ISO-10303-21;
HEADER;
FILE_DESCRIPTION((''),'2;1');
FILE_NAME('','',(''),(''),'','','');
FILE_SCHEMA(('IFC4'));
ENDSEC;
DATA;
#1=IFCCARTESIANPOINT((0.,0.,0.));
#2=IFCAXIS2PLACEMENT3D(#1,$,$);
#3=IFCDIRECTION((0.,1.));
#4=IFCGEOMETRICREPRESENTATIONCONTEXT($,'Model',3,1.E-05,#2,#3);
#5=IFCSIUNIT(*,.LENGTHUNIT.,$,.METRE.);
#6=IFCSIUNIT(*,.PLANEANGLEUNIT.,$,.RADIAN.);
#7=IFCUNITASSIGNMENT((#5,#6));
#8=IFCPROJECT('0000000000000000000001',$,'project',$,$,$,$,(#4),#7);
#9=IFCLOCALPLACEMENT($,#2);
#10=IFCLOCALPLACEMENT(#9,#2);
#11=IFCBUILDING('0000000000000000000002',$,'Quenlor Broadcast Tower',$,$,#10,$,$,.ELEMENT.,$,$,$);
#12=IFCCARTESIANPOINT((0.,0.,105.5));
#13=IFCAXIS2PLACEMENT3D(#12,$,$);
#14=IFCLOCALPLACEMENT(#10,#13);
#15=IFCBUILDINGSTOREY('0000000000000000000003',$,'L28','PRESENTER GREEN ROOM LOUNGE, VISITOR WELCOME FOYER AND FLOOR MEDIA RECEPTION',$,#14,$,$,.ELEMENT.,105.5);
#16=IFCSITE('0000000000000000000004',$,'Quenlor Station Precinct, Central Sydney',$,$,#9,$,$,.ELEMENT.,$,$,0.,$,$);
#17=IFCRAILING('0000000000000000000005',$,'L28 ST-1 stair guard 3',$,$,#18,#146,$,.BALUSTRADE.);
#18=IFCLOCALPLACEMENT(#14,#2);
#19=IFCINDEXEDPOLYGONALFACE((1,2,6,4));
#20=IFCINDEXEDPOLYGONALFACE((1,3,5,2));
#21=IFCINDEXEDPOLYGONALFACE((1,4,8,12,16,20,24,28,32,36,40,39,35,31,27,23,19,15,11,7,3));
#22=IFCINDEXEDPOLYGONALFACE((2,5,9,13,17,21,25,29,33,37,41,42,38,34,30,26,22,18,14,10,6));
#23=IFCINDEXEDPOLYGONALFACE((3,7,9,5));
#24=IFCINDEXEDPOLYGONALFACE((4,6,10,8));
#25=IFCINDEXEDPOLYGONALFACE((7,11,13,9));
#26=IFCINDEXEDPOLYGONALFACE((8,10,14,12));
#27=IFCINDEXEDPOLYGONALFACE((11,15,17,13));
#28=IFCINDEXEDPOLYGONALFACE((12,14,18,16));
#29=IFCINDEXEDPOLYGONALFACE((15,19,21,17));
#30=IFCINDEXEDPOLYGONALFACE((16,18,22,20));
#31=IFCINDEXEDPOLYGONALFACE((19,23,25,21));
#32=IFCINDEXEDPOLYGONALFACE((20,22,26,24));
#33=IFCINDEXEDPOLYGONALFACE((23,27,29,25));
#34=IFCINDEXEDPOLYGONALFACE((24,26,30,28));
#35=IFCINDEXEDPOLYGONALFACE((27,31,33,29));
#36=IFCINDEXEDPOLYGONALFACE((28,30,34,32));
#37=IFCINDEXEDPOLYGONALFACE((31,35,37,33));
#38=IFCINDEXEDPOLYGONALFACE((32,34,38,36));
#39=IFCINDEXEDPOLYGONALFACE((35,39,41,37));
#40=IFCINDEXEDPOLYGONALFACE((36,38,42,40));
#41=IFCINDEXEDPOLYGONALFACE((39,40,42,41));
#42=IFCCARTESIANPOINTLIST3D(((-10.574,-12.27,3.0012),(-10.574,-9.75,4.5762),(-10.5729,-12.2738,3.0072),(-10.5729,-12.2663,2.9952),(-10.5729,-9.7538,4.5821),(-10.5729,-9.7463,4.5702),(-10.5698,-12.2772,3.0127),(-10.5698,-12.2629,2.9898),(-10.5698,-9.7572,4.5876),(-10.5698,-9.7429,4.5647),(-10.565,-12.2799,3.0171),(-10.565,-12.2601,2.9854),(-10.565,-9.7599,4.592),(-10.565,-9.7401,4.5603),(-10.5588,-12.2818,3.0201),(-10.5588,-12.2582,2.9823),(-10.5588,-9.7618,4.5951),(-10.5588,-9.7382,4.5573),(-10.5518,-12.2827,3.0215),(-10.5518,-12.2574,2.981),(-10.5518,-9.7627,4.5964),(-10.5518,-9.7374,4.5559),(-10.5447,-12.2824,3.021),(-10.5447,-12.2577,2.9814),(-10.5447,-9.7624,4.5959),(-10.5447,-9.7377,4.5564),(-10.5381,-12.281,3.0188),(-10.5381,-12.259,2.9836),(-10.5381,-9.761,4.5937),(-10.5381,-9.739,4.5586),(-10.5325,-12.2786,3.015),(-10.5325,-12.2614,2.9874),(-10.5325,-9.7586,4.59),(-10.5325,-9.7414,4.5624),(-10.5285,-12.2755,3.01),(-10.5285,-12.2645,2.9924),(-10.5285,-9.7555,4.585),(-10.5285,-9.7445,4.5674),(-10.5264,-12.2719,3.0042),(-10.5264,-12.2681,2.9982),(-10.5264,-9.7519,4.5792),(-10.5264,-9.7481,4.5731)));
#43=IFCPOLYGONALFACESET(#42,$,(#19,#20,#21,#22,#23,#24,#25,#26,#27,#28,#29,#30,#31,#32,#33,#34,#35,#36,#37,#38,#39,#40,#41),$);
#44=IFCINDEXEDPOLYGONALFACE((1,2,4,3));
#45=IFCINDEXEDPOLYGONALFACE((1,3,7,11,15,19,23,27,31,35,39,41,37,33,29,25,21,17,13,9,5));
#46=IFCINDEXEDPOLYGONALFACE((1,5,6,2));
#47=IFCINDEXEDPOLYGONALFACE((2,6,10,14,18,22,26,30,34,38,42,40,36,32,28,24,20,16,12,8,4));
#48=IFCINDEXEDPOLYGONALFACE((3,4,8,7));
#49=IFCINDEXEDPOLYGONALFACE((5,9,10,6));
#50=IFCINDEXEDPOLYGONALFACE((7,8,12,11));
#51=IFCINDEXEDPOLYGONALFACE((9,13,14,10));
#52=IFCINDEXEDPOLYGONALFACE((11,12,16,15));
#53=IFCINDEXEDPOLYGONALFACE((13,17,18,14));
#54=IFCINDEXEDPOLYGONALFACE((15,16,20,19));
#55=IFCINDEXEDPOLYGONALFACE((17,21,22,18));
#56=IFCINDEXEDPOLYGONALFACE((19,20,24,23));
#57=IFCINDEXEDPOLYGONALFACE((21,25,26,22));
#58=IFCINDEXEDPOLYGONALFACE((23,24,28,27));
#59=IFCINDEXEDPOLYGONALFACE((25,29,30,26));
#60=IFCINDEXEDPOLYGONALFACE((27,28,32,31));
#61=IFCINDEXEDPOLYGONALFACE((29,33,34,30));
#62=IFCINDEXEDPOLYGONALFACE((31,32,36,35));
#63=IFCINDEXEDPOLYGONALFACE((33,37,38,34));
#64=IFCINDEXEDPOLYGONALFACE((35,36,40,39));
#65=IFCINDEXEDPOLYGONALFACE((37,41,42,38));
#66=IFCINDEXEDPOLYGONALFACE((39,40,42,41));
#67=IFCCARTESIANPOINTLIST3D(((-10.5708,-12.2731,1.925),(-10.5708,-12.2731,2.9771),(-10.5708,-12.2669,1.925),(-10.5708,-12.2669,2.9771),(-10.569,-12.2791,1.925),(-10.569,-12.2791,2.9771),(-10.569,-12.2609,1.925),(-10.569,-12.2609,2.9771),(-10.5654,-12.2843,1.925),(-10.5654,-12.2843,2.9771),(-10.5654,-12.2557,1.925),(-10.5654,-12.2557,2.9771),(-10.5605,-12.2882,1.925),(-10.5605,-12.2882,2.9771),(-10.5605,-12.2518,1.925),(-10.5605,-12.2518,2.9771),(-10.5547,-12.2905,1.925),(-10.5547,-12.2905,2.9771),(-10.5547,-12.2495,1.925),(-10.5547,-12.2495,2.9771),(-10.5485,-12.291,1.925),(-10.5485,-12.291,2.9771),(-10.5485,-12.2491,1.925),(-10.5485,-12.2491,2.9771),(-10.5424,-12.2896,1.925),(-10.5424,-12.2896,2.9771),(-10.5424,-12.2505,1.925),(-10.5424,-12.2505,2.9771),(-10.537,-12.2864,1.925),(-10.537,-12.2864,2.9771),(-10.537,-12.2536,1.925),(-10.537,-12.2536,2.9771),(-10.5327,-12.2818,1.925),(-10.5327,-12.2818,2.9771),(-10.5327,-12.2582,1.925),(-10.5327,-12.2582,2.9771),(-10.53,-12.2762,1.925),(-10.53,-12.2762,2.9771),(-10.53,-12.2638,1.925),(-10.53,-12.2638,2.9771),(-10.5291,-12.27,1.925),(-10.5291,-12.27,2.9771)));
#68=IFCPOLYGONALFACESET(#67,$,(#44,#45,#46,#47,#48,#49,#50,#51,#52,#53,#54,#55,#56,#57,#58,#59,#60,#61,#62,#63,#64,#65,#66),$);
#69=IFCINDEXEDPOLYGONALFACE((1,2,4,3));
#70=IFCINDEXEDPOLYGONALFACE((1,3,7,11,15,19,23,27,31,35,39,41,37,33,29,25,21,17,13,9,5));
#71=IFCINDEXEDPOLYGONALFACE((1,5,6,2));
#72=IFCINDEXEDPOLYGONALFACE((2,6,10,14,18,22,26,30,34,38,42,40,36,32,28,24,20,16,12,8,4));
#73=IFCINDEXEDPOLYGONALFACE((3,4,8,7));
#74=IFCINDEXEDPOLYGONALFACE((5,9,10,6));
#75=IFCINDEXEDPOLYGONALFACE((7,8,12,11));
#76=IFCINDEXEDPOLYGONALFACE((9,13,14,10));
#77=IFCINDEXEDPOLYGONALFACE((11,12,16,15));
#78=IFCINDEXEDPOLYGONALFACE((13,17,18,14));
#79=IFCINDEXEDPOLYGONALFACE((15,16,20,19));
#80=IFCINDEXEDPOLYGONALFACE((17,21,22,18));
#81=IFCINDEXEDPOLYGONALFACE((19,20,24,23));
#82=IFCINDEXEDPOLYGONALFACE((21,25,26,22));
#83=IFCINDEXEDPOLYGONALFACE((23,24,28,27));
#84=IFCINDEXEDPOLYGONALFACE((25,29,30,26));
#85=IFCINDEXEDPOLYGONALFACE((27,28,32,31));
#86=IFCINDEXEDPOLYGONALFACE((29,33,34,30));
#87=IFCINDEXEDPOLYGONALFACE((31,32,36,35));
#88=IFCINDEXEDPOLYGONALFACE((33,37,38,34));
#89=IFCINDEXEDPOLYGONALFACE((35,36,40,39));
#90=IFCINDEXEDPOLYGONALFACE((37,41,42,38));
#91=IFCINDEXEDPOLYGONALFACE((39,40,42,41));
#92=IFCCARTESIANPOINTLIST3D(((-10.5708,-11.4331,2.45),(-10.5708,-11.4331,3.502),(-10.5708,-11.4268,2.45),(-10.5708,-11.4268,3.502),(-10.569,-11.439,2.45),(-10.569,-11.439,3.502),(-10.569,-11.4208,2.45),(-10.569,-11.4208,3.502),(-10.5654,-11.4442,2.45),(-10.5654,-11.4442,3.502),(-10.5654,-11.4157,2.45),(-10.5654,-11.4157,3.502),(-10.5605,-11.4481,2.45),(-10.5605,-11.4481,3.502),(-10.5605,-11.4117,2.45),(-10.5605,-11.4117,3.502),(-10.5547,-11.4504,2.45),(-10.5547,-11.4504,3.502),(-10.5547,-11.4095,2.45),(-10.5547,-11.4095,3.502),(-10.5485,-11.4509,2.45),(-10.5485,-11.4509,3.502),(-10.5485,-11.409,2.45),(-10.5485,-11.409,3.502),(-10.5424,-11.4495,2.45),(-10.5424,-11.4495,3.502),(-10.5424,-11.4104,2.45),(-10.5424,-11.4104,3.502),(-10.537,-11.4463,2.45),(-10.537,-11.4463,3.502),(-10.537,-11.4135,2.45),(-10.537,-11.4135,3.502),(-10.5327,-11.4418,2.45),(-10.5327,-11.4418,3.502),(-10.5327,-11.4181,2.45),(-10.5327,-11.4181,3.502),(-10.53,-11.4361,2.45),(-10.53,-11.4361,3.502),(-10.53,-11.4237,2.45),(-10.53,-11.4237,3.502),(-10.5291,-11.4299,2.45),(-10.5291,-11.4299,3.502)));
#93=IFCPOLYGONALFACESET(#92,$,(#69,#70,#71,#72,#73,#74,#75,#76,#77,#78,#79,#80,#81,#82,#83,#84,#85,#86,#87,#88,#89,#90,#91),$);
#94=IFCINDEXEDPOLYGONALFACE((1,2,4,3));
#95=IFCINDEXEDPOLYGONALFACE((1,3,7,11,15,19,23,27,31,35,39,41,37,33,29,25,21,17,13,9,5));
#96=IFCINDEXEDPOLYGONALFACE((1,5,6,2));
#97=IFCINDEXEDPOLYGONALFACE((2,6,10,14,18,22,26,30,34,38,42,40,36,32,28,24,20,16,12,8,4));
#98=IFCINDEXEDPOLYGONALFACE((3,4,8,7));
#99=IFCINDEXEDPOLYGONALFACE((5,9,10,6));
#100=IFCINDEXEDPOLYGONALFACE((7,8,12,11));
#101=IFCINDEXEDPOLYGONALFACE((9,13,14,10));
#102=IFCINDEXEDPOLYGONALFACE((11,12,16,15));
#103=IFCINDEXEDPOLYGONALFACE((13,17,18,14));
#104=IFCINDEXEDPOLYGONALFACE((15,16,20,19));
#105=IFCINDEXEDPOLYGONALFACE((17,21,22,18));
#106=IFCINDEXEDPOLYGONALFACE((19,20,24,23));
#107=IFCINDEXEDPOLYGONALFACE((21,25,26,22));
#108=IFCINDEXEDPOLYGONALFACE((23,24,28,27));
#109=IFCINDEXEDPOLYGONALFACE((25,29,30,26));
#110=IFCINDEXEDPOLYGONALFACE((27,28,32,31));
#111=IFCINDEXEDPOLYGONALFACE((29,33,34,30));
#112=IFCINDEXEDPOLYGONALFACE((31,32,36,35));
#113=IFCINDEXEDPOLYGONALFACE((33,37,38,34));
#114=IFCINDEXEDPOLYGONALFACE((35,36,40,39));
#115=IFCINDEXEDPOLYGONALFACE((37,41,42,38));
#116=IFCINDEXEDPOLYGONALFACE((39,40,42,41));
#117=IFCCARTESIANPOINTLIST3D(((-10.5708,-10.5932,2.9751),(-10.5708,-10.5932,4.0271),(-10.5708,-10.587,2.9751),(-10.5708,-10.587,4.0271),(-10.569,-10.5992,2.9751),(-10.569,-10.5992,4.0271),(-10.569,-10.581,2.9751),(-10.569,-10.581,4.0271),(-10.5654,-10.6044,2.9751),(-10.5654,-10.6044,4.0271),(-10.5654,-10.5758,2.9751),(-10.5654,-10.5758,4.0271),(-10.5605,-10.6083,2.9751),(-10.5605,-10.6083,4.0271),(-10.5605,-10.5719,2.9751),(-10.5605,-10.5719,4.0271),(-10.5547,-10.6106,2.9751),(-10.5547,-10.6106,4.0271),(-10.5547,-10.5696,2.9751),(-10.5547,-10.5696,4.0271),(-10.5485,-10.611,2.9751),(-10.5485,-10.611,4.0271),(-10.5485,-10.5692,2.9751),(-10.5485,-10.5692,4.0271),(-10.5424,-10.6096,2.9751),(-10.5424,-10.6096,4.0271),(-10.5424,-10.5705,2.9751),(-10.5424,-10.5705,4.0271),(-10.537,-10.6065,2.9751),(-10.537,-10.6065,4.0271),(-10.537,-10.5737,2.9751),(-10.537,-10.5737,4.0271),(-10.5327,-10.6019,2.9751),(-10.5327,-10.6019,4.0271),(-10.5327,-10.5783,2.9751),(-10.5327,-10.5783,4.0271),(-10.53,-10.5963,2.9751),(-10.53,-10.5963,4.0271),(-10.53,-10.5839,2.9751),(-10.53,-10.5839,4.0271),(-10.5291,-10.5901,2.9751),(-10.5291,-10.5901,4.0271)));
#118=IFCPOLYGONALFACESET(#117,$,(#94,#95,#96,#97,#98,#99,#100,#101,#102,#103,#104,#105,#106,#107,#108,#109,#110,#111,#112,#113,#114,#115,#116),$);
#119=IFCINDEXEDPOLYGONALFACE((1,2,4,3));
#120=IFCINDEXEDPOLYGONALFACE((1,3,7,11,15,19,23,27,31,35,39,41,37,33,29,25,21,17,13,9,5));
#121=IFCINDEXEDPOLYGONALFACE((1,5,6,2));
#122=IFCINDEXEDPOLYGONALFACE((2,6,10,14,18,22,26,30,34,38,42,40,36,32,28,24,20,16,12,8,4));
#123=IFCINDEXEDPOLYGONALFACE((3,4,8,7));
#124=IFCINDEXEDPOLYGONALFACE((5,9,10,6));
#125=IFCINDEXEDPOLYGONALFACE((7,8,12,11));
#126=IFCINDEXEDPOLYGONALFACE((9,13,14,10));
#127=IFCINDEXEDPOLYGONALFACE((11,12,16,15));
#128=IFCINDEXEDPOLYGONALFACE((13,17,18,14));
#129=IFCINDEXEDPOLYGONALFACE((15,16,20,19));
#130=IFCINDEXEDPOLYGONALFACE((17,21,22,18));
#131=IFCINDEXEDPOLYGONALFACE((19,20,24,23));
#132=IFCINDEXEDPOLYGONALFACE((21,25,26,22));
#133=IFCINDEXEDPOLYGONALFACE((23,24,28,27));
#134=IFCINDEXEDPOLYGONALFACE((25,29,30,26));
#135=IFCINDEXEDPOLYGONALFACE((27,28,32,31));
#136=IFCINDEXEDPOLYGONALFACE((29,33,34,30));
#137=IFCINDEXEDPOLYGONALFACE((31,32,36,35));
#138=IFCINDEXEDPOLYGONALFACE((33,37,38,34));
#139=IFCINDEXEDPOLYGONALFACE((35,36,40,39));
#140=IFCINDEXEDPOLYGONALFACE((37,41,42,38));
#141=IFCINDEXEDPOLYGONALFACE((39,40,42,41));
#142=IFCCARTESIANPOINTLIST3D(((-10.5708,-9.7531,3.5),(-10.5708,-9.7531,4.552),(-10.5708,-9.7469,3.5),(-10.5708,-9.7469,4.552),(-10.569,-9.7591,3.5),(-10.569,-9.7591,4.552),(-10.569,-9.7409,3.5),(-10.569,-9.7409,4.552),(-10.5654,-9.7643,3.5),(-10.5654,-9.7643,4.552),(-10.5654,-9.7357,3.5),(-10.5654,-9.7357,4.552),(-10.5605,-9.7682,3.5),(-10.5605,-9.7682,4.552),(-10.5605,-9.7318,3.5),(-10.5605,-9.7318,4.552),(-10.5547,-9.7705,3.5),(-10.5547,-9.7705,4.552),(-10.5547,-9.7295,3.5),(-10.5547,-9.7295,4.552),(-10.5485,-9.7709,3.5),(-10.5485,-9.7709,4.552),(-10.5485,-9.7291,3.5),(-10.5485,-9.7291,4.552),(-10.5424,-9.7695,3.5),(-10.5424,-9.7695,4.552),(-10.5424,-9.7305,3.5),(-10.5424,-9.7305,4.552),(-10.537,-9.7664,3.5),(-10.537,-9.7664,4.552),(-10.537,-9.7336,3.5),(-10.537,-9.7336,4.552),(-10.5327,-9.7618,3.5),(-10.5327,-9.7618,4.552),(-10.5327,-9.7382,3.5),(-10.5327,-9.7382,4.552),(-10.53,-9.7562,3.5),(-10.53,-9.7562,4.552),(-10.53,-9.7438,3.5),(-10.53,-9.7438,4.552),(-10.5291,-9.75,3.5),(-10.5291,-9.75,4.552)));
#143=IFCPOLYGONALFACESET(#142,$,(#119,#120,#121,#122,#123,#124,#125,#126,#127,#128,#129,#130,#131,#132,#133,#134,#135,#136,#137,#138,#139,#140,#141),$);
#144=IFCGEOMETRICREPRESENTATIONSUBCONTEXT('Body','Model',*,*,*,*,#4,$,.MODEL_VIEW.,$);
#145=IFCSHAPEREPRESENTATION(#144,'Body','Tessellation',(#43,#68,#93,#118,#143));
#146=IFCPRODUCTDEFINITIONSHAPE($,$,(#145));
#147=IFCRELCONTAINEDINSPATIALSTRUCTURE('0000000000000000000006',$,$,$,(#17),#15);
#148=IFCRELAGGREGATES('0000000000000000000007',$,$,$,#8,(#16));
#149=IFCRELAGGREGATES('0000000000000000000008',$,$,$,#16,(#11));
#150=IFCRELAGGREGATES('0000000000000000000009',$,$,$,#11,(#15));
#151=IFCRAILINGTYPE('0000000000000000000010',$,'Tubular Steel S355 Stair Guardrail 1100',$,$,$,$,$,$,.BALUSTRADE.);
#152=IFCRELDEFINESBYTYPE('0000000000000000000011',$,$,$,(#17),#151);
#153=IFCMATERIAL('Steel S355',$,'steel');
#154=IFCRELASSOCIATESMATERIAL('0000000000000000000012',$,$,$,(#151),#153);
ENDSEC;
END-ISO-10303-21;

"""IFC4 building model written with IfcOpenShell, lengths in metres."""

from ifc_helpers import new_model, si_unit, direction, frame, origin, origin_2d, place, context, subcontext, project, spatial, circle, extrude, material, type_object, element, save


model = new_model("IFC4")

# Units and contexts
model_context = context("Model", 3, precision=1e-05, world=origin(), true_north=direction((0.0, 1.0)))
body_context = subcontext(model_context, "Body", "Model", "MODEL_VIEW")
ifc_project = project(units=[si_unit("LENGTHUNIT", "METRE"), si_unit("PLANEANGLEUNIT", "RADIAN")], contexts=[model_context])

# Site, building, storey
site_placement = place(None, origin())
site = spatial("IfcSite", under=ifc_project, at=site_placement, Name="Quenlor Station Precinct, Central Sydney", CompositionType="ELEMENT", RefElevation=0.0)
building_placement = place(site_placement, origin())
building = spatial("IfcBuilding", under=site, at=building_placement, Name="Quenlor Broadcast Tower", CompositionType="ELEMENT")
storey_placement = place(building_placement, frame((0.0, 0.0, 105.5)))
storey = spatial("IfcBuildingStorey", under=building, at=storey_placement, Name="L28", Description="PRESENTER GREEN ROOM LOUNGE, VISITOR WELCOME FOYER AND FLOOR MEDIA RECEPTION", CompositionType="ELEMENT", Elevation=105.5)

# Railing
ifc_material_1 = material(Name="Steel S355", Category="steel")
railing_type_1 = type_object("IfcRailingType", Name="Tubular Steel S355 Stair Guardrail 1100", PredefinedType="BALUSTRADE", material=ifc_material_1)
railing_1_placement = place(storey_placement, frame((-10.55, -12.27, 1.925)))
element("IfcRailing", 1, at=railing_1_placement, inside=storey, type_object=railing_type_1, Name="L28 ST-1 stair guard 3", PredefinedType="BALUSTRADE", context=body_context, shape_type="SweptSolid", body=[
    extrude(circle(Radius=0.0239, at=origin_2d()), frame((0.0, 0.0, 1.0762), z_axis=(0.0, 0.848008, 0.529984), x_axis=(-1.0, 0.0, 0.0)), (0.0, 0.0, 1.0), 2.9717),
    extrude(circle(Radius=0.021, at=origin_2d()), origin(), (0.0, 0.0, 1.0), 1.052),
    extrude(circle(Radius=0.021, at=origin_2d()), frame((0.0, 0.8401, 0.5249)), (0.0, 0.0, 1.0), 1.052),
    extrude(circle(Radius=0.021, at=origin_2d()), frame((0.0, 1.6799, 1.05)), (0.0, 0.0, 1.0), 1.052),
    extrude(circle(Radius=0.021, at=origin_2d()), frame((0.0, 2.52, 1.575)), (0.0, 0.0, 1.0), 1.052),
])

save(model, "model.ifc")
